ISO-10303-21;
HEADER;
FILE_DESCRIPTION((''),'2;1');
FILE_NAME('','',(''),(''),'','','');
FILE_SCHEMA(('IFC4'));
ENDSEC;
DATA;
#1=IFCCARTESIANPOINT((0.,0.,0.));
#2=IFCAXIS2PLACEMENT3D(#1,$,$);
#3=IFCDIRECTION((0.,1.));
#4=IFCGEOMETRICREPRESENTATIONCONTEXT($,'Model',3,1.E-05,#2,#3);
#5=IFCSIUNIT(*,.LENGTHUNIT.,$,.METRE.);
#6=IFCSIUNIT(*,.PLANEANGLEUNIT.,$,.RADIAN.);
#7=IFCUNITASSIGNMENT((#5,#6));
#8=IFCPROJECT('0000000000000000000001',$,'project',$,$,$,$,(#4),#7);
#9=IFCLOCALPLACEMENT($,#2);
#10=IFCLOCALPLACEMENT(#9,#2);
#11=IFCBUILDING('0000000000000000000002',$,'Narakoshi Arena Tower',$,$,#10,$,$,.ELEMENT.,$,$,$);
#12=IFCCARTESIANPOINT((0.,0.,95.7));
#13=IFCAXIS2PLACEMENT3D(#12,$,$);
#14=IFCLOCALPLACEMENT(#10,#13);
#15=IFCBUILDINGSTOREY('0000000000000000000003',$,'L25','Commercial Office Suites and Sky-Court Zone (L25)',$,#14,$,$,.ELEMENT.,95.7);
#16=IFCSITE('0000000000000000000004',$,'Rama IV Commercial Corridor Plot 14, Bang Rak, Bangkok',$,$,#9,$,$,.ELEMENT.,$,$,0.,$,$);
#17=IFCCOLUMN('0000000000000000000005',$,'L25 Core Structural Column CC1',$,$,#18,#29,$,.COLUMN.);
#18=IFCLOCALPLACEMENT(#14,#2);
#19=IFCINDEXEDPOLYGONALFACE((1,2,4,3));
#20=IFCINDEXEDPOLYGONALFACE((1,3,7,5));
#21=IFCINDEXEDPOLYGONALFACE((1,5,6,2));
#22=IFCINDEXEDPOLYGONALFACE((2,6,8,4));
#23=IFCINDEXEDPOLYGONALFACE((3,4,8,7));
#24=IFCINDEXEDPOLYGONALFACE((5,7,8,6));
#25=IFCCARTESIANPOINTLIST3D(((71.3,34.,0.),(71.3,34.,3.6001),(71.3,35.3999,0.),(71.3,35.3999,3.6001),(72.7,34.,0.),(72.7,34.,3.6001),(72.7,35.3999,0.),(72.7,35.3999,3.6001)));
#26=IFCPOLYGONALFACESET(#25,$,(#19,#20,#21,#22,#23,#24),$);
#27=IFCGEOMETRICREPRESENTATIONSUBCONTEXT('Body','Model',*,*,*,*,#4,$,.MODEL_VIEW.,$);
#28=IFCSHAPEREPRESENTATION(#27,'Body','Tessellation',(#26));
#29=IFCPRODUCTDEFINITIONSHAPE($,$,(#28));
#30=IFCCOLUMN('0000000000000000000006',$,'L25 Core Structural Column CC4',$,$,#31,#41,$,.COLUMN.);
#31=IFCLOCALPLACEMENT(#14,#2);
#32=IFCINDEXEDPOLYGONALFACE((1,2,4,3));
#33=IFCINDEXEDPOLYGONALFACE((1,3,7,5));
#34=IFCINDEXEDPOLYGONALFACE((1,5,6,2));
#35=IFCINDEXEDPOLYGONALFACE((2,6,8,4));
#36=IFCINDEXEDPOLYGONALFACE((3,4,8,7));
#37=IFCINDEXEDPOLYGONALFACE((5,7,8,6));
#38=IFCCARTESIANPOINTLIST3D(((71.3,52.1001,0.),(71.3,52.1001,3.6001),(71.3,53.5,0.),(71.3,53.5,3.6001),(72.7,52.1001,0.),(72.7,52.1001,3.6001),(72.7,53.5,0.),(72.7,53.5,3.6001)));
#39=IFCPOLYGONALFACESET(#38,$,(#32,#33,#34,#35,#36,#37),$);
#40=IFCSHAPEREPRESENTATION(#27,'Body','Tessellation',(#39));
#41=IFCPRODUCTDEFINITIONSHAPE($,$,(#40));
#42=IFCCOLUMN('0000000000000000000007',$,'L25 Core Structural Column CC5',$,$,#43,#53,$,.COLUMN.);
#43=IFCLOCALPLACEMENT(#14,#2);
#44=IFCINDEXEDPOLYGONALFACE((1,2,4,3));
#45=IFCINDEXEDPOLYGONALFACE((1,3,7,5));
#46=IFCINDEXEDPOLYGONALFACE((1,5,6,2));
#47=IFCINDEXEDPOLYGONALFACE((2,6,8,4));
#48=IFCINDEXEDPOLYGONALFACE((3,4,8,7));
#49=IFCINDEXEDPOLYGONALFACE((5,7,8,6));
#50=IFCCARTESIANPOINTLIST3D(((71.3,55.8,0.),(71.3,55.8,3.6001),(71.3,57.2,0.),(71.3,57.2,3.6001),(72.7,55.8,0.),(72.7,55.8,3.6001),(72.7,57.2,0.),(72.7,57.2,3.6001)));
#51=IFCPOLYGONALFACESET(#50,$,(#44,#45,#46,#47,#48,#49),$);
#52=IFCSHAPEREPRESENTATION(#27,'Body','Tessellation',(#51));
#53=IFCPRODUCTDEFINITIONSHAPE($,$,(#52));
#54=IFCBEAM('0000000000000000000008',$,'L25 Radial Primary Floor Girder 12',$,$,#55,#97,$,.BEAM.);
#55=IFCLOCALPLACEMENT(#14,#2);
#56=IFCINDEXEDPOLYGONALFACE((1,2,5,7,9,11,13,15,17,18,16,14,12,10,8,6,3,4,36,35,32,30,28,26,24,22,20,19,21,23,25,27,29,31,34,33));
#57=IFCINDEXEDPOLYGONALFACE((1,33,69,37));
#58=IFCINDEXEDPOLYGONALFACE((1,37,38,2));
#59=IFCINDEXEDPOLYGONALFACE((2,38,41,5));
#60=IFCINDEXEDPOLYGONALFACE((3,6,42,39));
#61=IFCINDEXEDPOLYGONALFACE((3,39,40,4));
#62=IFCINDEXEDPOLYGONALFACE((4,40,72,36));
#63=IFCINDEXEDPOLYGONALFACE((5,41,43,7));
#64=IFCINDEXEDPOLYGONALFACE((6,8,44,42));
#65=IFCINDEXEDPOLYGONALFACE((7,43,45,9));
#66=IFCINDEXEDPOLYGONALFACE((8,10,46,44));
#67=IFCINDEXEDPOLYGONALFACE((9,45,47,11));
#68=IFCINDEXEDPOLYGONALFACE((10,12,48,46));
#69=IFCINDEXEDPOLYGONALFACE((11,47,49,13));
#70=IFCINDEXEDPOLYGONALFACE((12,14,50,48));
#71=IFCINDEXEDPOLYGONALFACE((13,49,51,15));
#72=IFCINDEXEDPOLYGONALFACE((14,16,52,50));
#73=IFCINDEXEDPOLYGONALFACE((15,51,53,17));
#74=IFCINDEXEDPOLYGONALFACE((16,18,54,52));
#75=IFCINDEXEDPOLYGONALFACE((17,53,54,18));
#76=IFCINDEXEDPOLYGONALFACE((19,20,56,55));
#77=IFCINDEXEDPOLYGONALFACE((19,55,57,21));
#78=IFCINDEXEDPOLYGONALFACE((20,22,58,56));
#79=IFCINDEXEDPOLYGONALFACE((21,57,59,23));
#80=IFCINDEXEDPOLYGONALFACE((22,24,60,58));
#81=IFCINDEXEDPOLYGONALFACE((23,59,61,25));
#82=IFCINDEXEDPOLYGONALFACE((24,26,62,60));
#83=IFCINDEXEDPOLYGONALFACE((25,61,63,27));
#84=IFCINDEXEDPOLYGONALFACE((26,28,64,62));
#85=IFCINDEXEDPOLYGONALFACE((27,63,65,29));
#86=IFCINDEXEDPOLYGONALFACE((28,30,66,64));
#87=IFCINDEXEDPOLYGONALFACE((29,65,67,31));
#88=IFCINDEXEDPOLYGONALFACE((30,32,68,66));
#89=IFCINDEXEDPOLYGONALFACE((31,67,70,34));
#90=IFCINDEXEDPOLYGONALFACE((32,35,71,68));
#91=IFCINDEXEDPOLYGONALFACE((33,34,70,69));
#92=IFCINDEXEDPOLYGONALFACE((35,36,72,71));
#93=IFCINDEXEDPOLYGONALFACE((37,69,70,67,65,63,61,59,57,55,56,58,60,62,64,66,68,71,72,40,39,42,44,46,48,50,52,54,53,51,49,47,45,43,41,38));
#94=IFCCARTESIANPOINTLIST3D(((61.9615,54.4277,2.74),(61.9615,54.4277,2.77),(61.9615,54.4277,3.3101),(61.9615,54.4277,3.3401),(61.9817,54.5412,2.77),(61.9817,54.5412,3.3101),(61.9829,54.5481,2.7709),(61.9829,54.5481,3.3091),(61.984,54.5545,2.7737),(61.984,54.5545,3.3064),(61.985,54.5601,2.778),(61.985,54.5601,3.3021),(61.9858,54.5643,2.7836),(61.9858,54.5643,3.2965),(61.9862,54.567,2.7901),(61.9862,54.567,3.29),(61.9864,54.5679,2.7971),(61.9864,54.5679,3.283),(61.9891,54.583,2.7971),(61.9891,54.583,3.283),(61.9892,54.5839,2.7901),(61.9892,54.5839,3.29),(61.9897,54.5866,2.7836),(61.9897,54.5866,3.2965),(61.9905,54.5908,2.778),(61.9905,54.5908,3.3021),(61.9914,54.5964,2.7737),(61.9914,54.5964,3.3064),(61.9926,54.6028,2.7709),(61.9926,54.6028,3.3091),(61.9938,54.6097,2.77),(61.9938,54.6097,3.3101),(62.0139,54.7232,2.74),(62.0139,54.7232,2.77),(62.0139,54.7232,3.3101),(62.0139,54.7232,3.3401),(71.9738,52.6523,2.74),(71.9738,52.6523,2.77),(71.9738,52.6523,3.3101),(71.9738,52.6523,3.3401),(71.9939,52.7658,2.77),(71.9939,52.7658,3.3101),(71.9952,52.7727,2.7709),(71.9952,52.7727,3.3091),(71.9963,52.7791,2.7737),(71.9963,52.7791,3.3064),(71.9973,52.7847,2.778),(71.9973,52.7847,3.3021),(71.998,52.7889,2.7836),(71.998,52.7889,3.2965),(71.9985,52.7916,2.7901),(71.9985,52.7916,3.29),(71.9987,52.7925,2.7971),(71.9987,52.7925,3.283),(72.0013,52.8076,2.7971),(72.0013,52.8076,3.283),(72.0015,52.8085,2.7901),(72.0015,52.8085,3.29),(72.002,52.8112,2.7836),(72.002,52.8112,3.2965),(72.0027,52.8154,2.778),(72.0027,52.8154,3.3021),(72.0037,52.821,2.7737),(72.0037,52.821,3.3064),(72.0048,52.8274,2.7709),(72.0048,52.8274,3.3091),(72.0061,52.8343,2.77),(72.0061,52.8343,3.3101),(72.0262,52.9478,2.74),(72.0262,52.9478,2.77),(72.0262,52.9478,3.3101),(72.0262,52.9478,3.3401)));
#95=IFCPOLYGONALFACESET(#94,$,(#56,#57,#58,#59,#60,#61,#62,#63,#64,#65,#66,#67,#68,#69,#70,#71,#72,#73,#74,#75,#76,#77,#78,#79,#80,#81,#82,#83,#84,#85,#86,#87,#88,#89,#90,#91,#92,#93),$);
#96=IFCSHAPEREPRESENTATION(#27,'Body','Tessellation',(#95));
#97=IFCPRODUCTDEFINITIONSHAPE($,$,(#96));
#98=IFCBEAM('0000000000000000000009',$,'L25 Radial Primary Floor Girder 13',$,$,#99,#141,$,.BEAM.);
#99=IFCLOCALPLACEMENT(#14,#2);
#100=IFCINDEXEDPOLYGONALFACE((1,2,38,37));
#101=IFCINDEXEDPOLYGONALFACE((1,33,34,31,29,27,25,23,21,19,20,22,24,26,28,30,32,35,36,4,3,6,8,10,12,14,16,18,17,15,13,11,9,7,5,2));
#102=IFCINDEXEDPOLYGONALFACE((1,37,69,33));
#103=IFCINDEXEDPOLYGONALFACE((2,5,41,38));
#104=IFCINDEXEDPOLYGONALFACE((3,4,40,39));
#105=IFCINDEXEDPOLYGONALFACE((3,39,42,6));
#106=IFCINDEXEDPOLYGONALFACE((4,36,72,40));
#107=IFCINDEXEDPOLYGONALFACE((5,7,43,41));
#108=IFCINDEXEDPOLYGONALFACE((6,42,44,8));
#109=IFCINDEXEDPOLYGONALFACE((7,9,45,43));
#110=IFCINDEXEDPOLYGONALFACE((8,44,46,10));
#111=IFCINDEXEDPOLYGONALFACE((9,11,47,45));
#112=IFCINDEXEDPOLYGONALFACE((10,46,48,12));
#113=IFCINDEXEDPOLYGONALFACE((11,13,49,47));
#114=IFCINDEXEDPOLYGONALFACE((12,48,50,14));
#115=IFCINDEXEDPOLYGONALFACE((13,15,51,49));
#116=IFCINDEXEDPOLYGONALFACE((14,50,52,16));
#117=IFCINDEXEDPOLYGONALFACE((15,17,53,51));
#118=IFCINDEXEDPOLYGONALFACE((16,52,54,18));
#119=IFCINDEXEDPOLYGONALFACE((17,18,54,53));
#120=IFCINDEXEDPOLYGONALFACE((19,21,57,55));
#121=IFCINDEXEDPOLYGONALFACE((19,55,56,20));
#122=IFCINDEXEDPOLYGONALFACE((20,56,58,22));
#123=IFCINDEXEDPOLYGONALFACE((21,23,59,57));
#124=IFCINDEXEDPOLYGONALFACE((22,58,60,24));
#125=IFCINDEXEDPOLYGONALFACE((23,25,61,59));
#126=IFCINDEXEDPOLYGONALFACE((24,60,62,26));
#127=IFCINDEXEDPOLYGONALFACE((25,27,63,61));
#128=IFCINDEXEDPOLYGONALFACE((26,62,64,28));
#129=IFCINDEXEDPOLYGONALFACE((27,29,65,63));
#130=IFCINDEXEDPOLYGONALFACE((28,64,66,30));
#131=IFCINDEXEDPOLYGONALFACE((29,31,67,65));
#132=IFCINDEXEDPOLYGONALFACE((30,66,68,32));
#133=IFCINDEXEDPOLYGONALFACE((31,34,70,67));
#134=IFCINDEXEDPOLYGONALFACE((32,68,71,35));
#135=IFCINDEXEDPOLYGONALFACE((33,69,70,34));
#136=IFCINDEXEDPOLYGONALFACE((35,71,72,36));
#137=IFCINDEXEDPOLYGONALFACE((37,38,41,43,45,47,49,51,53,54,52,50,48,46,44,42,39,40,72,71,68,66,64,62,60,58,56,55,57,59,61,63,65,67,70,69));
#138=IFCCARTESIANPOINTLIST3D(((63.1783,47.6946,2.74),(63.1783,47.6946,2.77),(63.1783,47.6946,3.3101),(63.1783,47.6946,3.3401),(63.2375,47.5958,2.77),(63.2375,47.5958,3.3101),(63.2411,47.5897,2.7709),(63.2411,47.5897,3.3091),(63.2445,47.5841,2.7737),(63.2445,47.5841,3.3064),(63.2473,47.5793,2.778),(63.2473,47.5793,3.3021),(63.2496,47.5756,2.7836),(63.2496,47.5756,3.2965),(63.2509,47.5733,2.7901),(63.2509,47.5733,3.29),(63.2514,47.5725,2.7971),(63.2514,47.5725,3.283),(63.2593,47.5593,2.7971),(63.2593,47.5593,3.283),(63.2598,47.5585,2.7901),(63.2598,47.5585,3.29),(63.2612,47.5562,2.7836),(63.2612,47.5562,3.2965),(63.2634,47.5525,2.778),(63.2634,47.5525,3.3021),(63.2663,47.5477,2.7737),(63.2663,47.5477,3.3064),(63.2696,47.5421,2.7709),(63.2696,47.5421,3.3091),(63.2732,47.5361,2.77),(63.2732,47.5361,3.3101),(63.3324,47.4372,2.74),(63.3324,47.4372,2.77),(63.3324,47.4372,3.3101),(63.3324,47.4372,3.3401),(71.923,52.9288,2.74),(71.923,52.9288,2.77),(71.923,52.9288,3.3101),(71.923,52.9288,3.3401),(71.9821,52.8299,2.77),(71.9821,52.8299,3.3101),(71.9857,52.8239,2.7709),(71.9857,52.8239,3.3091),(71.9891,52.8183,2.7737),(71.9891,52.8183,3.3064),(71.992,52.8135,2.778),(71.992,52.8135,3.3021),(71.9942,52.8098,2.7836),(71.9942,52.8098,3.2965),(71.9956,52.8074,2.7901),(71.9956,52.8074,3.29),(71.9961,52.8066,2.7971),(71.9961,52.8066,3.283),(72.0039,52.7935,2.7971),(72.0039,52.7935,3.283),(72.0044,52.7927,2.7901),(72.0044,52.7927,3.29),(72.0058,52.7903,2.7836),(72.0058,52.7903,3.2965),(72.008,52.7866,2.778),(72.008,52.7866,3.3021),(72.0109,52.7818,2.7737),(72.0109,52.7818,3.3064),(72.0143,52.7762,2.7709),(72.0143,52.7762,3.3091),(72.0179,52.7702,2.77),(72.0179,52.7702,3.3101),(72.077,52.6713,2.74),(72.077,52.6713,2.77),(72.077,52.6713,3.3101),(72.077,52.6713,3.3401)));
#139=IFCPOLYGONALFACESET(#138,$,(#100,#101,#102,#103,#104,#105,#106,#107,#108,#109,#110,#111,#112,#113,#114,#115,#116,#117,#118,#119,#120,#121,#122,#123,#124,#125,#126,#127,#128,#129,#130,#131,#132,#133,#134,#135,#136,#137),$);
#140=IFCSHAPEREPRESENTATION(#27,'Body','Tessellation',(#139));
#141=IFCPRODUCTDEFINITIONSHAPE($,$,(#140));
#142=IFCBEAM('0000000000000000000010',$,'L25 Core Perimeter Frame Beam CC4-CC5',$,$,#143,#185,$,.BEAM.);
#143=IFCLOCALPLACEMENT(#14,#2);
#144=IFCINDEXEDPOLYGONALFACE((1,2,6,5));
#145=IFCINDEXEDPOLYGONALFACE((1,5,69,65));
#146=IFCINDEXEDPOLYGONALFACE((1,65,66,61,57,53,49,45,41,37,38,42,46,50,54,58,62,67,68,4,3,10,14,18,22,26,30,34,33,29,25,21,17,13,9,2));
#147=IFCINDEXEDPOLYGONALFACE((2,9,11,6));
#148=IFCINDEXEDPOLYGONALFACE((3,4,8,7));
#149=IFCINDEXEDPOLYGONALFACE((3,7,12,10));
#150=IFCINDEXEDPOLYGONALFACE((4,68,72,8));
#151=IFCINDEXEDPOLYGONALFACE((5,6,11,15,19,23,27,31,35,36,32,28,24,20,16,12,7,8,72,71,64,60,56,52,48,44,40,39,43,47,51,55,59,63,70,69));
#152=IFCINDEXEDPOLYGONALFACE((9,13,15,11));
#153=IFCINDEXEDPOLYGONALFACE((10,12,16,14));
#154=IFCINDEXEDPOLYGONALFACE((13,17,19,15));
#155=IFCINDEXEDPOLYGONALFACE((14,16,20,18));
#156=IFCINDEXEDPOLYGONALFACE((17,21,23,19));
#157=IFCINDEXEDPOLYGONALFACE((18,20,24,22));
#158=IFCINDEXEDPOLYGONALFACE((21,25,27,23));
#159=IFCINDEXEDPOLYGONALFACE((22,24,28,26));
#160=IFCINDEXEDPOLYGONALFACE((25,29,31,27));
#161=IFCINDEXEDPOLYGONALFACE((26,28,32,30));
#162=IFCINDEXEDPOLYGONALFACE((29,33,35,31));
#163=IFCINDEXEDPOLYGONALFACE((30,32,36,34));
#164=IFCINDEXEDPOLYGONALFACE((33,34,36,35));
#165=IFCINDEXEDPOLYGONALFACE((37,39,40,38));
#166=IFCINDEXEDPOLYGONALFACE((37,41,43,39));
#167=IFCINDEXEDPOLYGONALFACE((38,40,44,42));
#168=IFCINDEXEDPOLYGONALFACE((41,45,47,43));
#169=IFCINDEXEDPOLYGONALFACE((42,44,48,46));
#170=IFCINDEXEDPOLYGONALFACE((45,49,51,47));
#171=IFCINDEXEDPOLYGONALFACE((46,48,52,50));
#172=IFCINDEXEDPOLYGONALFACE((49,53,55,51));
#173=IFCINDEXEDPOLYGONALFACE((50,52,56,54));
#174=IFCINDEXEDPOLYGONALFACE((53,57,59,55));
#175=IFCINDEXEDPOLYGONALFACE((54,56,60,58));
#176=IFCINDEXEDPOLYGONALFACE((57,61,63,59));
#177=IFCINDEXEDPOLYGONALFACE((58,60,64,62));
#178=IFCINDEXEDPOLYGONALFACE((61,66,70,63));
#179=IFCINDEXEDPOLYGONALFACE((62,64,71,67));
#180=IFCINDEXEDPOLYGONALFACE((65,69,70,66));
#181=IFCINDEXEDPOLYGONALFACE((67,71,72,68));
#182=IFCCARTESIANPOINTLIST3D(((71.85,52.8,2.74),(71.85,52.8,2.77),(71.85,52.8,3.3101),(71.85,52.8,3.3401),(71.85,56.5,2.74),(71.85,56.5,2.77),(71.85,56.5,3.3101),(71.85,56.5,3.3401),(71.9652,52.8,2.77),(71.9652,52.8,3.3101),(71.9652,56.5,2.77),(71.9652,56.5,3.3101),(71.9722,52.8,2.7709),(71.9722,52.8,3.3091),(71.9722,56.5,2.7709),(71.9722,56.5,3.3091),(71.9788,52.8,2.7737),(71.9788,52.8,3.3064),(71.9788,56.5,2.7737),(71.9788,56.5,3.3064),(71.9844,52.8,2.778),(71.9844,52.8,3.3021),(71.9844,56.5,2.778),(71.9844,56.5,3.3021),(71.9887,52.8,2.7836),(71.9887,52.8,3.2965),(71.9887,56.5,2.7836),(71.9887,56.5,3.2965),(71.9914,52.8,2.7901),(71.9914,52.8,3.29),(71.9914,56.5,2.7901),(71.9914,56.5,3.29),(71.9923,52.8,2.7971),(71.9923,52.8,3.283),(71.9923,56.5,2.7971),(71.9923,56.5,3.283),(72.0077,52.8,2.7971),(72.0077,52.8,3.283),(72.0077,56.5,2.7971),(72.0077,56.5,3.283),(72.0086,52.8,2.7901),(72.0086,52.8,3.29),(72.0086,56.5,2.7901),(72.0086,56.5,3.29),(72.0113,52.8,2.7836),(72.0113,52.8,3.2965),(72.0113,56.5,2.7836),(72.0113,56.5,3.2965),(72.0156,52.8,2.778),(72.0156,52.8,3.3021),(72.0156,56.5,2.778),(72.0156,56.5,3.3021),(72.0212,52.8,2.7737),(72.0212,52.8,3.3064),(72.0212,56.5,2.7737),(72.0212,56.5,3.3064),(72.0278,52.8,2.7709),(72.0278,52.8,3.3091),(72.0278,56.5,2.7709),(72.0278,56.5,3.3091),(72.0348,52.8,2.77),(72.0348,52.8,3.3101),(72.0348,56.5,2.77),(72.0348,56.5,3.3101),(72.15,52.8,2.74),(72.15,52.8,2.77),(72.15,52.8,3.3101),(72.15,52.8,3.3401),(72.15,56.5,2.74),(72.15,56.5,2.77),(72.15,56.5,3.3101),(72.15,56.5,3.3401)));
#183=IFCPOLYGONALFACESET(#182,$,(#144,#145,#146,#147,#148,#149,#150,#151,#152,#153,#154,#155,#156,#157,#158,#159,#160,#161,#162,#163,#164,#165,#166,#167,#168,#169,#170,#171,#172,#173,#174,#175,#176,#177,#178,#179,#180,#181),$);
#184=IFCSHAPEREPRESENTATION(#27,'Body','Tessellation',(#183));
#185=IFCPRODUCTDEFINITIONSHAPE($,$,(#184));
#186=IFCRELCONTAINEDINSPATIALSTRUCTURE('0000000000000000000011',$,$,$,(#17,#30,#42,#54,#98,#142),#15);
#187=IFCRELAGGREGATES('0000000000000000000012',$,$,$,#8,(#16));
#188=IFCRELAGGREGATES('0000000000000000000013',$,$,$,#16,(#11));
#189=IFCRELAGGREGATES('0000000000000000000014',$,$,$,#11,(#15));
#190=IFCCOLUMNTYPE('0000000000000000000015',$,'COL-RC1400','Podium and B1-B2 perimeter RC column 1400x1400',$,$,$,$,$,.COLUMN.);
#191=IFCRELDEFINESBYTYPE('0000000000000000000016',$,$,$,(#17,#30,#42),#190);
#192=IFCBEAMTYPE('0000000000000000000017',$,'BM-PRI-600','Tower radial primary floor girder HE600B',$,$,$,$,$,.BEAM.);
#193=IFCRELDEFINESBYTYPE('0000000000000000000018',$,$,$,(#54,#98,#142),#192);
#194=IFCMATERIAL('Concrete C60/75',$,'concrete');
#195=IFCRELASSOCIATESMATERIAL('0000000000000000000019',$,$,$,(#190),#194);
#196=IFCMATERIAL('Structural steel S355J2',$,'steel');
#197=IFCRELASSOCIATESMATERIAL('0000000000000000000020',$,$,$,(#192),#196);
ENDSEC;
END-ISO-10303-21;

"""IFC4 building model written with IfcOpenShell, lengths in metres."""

from ifc_helpers import new_model, si_unit, direction, frame, origin, origin_2d, place, context, subcontext, project, spatial, rectangle, i_section, extrude, material, material_profile, profile_set, type_object, element, save


model = new_model("IFC4")

# Units and contexts
model_context = context("Model", 3, precision=1e-05, world=origin(), true_north=direction((0.0, 1.0)))
body_context = subcontext(model_context, "Body", "Model", "MODEL_VIEW")
ifc_project = project(units=[si_unit("LENGTHUNIT", "METRE"), si_unit("PLANEANGLEUNIT", "RADIAN")], contexts=[model_context])

# Site, building, storey
site_placement = place(None, origin())
site = spatial("IfcSite", under=ifc_project, at=site_placement, Name="Rama IV Commercial Corridor Plot 14, Bang Rak, Bangkok", CompositionType="ELEMENT", RefElevation=0.0)
building_placement = place(site_placement, origin())
building = spatial("IfcBuilding", under=site, at=building_placement, Name="Narakoshi Arena Tower", CompositionType="ELEMENT")
storey_placement = place(building_placement, frame((0.0, 0.0, 95.7)))
storey = spatial("IfcBuildingStorey", under=building, at=storey_placement, Name="L25", Description="Commercial Office Suites and Sky-Court Zone (L25)", CompositionType="ELEMENT", Elevation=95.7)

# Columns
ifc_material_1 = material(Name="Concrete C60/75", Category="concrete")
ifc_material_profile_1 = material_profile(ifc_material_1, rectangle(XDim=1.3999, YDim=1.3999, at=origin_2d()), Name="RC1400x1400")
ifc_profile_set_1 = profile_set([ifc_material_profile_1], Name="Concrete C60/75")
column_type = type_object("IfcColumnType", Name="COL-RC1400", Description="Podium and B1-B2 perimeter RC column 1400x1400", PredefinedType="COLUMN", material=ifc_profile_set_1)
for number, where, z_axis, x_axis, name in (
    (1, (72.0, 34.7, 0.0), (0.0, 0.0, 1.0), (1.0, 0.0, 0.0), "L25 Core Structural Column CC1"),
    (2, (72.0, 52.8, 0.0), (0.0, 0.0, 1.0), (1.0, 0.0, 0.0), "L25 Core Structural Column CC4"),
    (3, (72.0, 56.5, 0.0), (0.0, 0.0, 1.0), (1.0, 0.0, 0.0), "L25 Core Structural Column CC5"),
):
    element("IfcColumn", number, at=place(storey_placement, frame(where, z_axis=z_axis, x_axis=x_axis)), inside=storey, type_object=column_type, Name=name, PredefinedType="COLUMN", context=body_context, shape_type="SweptSolid", body=[
        extrude(rectangle(XDim=1.3999, YDim=1.3999, at=origin_2d()), origin(), (0.0, 0.0, 1.0), 3.6001),
    ])

# Beams
ifc_material_2 = material(Name="Structural steel S355J2", Category="steel")
ifc_material_profile_2 = material_profile(ifc_material_2, i_section(OverallWidth=0.3, OverallDepth=0.6001, WebThickness=0.0154, FlangeThickness=0.03, FilletRadius=0.0271, at=origin_2d()), Name="HE600B")
ifc_profile_set_2 = profile_set([ifc_material_profile_2], Name="Structural steel S355J2")
beam_type_1 = type_object("IfcBeamType", Name="BM-PRI-600", Description="Tower radial primary floor girder HE600B", PredefinedType="BEAM", material=ifc_profile_set_2)
beam_1_placement = place(storey_placement, frame((72.0, 52.8, 3.04), z_axis=(-0.98464, 0.174599, 0.0), x_axis=(-0.174599, -0.98464, 0.0)))
element("IfcBeam", 4, at=beam_1_placement, inside=storey, type_object=beam_type_1, Name="L25 Radial Primary Floor Girder 12", PredefinedType="BEAM", context=body_context, shape_type="SweptSolid", body=[
    extrude(i_section(OverallWidth=0.3, OverallDepth=0.6001, WebThickness=0.0154, FlangeThickness=0.03, FilletRadius=0.0271, at=origin_2d()), origin(), (0.0, 0.0, 1.0), 10.1685),
])
beam_2_placement = place(storey_placement, frame((72.0, 52.8, 3.04), z_axis=(-0.85804, -0.513583, 0.0), x_axis=(0.513583, -0.85804, 0.0)))
element("IfcBeam", 5, at=beam_2_placement, inside=storey, type_object=beam_type_1, Name="L25 Radial Primary Floor Girder 13", PredefinedType="BEAM", context=body_context, shape_type="SweptSolid", body=[
    extrude(i_section(OverallWidth=0.3, OverallDepth=0.6001, WebThickness=0.0154, FlangeThickness=0.03, FilletRadius=0.0271, at=origin_2d()), origin(), (0.0, 0.0, 1.0), 10.1914),
])
beam_3_placement = place(storey_placement, frame((72.0, 52.8, 3.04), z_axis=(0.0, 1.0, 0.0), x_axis=(-1.0, 0.0, 0.0)))
element("IfcBeam", 6, at=beam_3_placement, inside=storey, type_object=beam_type_1, Name="L25 Core Perimeter Frame Beam CC4-CC5", PredefinedType="BEAM", context=body_context, shape_type="SweptSolid", body=[
    extrude(i_section(OverallWidth=0.3, OverallDepth=0.6001, WebThickness=0.0154, FlangeThickness=0.03, FilletRadius=0.0271, at=origin_2d()), origin(), (0.0, 0.0, 1.0), 3.7),
])

save(model, "model.ifc")
